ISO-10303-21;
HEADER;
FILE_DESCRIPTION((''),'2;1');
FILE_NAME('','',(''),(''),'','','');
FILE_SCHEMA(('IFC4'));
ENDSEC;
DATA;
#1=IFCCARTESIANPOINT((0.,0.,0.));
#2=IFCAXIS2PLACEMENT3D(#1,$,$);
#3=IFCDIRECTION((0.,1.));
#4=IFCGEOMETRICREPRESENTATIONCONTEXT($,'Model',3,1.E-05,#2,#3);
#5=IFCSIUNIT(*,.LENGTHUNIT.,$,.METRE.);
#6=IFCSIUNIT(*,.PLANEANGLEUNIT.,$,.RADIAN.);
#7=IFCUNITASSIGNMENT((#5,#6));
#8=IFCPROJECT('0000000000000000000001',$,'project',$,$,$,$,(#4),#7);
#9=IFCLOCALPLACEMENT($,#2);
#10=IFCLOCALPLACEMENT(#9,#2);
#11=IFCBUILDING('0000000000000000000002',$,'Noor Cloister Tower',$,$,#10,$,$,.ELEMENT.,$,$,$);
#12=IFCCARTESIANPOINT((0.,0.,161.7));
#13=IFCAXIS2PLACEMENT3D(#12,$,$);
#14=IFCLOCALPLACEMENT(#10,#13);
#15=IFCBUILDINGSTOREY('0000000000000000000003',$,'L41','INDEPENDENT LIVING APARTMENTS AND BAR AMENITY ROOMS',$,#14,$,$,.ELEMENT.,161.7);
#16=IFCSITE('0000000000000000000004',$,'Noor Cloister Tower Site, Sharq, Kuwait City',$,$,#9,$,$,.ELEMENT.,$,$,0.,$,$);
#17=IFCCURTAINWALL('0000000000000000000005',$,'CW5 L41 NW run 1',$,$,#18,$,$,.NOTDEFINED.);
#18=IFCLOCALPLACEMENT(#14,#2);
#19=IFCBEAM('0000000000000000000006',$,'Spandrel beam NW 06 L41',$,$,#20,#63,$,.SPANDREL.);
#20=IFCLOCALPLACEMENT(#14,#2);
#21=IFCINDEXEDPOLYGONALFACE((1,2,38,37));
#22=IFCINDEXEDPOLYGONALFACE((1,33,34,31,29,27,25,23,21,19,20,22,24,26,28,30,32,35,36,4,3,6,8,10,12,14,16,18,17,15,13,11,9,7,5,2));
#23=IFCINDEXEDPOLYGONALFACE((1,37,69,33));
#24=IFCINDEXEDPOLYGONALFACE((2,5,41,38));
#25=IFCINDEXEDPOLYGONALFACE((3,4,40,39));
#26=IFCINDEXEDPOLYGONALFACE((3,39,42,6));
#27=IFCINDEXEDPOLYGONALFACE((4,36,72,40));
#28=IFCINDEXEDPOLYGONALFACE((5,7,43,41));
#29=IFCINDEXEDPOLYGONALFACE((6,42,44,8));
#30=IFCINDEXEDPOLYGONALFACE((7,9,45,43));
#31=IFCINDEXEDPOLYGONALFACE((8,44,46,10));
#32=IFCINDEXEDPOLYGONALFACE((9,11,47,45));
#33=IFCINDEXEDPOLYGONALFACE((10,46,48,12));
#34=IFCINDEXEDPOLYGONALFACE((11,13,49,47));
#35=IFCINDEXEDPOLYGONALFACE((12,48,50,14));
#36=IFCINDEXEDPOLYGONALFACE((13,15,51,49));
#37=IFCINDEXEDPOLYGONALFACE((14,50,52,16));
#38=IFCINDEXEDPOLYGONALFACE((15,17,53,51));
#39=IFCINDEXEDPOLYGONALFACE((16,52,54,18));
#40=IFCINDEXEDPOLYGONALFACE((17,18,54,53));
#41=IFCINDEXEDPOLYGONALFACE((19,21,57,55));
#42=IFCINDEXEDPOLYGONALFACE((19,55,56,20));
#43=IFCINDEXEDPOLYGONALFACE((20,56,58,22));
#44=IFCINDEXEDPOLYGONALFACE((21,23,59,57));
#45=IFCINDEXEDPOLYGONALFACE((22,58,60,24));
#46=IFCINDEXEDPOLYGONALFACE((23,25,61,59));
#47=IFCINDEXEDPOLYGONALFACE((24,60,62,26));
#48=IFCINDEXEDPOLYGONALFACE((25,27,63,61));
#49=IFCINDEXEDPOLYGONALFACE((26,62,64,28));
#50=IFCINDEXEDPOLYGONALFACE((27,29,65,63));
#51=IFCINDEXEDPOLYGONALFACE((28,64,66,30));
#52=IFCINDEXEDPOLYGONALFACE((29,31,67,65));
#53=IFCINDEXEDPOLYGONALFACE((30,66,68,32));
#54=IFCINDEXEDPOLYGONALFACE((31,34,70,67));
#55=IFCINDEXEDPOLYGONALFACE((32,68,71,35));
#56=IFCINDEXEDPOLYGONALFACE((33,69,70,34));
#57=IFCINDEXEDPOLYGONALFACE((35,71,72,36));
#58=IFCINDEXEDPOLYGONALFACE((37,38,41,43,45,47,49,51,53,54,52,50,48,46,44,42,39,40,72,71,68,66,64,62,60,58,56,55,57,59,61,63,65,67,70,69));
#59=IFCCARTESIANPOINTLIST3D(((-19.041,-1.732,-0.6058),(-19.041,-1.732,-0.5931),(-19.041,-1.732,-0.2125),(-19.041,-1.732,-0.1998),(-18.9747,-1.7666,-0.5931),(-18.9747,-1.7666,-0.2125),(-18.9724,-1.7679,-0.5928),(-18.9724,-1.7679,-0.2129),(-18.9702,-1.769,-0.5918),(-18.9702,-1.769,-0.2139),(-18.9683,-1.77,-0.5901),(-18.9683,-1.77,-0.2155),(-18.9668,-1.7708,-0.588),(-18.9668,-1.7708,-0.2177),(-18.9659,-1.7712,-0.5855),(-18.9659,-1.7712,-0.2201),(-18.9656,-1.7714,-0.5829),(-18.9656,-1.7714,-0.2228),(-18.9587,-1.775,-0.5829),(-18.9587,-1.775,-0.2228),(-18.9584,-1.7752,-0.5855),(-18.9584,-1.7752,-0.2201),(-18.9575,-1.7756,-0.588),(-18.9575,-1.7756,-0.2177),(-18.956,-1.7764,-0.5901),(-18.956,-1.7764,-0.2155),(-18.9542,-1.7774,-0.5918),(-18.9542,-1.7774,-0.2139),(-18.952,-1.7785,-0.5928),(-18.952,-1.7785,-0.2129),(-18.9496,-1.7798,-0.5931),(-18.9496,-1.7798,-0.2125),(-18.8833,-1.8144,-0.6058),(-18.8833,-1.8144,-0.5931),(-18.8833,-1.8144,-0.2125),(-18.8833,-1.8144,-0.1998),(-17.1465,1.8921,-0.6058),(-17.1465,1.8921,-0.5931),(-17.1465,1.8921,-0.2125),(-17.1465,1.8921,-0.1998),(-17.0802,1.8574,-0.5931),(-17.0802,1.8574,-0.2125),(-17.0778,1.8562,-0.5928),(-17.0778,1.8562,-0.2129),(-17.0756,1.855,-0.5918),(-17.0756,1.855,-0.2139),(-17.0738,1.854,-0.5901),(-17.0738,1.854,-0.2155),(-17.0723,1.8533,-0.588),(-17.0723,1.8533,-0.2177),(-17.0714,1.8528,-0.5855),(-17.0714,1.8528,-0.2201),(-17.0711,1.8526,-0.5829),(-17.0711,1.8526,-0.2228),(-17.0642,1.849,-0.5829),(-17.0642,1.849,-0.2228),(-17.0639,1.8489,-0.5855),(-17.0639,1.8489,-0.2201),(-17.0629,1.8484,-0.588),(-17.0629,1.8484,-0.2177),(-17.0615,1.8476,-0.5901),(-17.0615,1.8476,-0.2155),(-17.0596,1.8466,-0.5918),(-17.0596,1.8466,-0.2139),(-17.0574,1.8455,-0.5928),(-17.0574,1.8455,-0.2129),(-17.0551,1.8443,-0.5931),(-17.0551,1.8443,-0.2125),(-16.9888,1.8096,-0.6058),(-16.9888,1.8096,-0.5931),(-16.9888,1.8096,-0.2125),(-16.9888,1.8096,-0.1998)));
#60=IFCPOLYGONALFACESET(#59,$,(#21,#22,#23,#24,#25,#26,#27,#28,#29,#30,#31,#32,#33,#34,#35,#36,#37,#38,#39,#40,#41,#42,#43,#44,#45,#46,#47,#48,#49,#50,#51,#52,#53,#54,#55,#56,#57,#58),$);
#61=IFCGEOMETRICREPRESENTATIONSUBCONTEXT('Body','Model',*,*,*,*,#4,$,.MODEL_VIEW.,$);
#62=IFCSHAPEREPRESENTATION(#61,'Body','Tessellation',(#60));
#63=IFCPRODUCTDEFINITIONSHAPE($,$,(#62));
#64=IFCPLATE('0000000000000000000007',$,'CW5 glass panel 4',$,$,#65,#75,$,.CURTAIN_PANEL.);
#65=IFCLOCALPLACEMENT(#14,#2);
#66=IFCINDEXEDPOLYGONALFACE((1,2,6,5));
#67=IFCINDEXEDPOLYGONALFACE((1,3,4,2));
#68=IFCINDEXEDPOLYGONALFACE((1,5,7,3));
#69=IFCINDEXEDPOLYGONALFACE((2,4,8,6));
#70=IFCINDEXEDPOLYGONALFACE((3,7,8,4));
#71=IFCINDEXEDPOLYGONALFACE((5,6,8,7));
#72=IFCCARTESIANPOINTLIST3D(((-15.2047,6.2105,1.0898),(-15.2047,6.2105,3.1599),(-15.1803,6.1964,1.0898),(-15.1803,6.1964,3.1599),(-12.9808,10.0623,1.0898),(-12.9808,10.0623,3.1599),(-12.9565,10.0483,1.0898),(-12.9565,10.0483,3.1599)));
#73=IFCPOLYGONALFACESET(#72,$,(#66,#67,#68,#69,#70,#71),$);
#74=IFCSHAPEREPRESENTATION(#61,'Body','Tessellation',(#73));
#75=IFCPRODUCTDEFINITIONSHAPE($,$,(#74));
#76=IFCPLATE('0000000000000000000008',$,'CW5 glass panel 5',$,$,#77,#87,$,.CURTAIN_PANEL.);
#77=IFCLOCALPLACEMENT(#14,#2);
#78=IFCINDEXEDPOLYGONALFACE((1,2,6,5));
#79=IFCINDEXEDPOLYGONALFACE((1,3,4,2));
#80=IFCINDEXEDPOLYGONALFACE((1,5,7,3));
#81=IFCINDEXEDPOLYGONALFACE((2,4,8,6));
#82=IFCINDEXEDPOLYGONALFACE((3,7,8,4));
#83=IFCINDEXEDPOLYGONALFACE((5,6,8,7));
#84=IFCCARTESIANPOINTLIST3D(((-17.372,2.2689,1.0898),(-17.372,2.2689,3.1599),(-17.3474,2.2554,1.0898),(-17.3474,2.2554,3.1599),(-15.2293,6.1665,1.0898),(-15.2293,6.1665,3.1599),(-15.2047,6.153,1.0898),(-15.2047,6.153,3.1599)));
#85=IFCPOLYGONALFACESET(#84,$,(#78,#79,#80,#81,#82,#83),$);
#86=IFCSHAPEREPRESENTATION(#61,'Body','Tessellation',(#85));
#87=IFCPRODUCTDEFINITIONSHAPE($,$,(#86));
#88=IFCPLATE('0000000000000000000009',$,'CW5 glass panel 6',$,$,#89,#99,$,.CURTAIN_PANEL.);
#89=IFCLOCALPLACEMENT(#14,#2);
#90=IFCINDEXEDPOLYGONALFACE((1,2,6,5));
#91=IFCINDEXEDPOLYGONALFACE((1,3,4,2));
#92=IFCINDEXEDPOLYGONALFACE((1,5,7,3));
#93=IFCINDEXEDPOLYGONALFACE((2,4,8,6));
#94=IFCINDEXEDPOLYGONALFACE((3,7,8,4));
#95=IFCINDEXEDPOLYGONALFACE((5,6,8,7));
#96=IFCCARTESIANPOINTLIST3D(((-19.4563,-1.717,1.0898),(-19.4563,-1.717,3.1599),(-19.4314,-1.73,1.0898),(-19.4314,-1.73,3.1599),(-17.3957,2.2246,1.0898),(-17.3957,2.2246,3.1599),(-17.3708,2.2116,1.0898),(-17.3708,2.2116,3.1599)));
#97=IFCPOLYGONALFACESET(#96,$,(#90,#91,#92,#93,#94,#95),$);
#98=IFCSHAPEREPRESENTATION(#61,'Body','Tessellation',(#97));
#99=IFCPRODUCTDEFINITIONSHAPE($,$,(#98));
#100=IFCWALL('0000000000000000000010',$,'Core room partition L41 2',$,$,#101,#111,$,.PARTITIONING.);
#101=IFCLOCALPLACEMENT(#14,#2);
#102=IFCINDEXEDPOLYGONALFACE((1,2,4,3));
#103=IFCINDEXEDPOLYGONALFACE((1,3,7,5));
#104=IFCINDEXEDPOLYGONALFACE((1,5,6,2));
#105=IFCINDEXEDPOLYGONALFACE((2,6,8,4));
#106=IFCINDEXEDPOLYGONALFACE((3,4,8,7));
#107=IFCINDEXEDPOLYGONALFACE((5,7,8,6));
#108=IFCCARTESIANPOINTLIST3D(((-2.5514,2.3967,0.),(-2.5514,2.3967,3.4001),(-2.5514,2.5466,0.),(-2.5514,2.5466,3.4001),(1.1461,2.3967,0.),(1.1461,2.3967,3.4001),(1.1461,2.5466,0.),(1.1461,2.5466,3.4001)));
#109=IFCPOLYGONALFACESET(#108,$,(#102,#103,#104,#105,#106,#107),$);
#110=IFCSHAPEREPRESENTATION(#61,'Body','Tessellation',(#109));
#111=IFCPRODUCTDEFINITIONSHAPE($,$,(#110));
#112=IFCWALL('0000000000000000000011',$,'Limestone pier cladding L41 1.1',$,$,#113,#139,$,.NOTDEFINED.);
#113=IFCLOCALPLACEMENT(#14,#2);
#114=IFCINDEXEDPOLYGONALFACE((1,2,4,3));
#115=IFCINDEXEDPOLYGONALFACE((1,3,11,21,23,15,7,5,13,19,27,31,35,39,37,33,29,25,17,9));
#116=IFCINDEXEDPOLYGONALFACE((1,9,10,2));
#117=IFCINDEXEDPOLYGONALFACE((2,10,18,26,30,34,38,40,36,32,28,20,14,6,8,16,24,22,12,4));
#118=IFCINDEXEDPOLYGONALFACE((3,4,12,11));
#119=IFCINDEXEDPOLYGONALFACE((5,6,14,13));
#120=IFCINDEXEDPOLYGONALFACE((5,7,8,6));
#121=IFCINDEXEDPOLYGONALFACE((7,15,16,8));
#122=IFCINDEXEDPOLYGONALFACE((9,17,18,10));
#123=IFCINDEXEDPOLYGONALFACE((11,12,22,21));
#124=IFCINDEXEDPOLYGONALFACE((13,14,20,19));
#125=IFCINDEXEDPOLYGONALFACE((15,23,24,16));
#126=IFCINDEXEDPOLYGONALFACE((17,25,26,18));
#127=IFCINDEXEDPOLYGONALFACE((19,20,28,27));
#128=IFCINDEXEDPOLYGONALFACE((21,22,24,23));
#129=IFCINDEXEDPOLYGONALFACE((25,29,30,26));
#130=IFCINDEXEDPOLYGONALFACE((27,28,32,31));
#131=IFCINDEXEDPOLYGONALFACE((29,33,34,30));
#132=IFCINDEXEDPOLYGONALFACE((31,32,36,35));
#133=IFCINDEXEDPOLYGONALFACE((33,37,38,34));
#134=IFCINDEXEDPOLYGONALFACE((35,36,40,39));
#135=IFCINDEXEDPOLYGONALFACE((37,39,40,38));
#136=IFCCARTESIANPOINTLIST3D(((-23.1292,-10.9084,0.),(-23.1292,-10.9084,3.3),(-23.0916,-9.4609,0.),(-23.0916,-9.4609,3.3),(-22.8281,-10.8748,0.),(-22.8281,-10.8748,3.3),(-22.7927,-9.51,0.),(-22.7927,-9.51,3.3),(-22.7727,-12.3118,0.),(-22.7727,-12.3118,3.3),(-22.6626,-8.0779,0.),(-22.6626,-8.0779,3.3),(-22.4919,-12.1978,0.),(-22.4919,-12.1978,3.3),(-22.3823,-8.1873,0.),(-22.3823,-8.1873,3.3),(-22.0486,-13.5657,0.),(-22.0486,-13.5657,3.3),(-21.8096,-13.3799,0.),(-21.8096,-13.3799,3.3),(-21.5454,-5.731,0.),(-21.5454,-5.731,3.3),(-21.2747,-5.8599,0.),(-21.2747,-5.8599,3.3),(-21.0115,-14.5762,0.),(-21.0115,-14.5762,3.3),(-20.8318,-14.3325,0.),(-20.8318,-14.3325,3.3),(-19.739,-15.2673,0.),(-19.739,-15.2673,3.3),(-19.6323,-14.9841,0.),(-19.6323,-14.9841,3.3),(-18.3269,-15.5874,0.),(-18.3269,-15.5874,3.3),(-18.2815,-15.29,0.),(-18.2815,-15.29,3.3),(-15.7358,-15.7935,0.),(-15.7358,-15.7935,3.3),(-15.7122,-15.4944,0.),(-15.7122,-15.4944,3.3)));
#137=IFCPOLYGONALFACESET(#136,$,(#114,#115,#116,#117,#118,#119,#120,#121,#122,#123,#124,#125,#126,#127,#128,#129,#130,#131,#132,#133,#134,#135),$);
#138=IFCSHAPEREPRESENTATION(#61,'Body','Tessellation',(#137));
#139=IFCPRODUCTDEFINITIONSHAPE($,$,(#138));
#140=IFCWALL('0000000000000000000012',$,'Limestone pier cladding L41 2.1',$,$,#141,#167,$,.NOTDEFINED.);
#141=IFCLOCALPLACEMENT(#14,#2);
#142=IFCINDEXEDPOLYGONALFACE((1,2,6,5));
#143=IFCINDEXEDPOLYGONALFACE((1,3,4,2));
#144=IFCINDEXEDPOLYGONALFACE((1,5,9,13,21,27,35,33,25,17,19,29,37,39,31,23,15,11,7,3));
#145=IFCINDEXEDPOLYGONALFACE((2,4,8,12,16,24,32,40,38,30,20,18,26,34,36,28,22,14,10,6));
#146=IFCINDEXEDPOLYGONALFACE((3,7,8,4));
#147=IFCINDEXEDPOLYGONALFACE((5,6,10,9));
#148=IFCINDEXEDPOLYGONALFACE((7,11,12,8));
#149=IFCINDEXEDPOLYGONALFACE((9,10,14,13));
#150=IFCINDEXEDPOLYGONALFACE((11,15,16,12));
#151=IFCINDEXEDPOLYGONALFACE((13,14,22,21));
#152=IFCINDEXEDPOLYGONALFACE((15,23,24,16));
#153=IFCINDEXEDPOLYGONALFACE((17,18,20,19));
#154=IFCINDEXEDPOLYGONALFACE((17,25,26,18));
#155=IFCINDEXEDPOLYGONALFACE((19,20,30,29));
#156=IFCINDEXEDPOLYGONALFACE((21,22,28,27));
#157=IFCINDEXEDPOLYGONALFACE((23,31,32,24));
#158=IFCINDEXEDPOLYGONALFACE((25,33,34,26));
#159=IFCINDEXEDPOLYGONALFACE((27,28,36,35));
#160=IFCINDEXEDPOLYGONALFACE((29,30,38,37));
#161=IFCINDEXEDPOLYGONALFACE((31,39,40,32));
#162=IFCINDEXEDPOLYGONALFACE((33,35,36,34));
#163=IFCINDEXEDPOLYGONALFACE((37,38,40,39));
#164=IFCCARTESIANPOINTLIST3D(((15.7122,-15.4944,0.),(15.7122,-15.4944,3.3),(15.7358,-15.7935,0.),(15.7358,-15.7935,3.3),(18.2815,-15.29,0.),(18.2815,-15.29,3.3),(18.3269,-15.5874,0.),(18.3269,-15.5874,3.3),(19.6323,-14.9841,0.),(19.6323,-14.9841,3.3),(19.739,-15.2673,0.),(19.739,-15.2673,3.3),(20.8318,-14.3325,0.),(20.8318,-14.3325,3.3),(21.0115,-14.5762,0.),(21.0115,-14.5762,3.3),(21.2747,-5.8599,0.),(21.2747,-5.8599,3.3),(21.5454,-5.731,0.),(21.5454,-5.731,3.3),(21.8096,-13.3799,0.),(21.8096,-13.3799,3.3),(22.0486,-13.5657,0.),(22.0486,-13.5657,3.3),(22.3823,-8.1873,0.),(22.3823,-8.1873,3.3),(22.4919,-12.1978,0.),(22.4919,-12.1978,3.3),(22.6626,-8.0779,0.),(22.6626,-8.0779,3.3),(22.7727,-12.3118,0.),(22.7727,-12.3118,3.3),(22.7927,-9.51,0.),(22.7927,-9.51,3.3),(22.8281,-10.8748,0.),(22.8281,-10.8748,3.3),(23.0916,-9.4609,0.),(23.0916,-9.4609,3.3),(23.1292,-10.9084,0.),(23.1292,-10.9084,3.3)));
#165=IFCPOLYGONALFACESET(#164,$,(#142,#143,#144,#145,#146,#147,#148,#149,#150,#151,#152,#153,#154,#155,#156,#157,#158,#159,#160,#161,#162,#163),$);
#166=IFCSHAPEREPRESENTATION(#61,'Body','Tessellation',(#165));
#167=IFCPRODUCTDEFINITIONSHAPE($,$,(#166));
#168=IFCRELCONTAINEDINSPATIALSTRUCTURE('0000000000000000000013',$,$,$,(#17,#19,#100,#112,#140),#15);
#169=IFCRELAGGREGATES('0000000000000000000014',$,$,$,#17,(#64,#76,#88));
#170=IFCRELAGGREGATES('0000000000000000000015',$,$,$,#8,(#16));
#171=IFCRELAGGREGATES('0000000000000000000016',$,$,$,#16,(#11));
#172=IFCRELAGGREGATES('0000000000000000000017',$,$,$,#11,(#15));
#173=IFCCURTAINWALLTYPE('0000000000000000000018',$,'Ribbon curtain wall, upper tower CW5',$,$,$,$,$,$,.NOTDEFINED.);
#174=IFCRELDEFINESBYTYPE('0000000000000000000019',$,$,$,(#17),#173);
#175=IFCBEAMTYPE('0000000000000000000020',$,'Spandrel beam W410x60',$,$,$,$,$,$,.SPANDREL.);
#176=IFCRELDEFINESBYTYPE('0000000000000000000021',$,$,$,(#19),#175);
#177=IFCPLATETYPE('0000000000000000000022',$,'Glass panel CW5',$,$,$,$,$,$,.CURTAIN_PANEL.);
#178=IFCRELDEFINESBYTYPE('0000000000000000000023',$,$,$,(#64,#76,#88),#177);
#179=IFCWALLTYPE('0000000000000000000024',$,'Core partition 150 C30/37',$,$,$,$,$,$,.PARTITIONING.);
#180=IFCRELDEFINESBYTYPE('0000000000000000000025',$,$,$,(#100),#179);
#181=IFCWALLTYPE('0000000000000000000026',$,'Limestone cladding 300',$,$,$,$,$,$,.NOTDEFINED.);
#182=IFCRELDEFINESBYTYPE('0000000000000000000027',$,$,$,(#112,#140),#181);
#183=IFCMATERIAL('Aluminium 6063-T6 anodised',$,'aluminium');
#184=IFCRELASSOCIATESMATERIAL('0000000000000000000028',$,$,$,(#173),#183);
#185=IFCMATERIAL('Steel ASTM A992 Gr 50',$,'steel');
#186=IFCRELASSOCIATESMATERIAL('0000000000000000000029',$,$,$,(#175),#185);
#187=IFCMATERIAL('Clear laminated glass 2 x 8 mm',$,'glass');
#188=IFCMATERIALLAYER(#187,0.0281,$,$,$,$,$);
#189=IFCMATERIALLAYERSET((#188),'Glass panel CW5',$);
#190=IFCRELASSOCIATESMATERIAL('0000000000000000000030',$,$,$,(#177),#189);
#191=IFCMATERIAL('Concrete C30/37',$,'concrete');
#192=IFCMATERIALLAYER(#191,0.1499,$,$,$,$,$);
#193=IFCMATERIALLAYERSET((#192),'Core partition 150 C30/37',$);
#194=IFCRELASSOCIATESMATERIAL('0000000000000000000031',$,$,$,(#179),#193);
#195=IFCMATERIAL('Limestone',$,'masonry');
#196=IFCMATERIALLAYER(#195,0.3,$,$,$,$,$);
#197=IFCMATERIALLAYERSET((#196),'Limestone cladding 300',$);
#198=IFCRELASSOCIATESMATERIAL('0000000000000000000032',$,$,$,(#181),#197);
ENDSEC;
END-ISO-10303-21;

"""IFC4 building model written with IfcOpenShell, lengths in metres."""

from ifc_helpers import new_model, si_unit, direction, frame, frame_2d, origin, origin_2d, place, context, subcontext, project, spatial, polyline, rectangle, i_section, outline, extrude, material, layer, layer_set, material_profile, profile_set, type_object, element, aggregate, save


model = new_model("IFC4")

# Units and contexts
model_context = context("Model", 3, precision=1e-05, world=origin(), true_north=direction((0.0, 1.0)))
body_context = subcontext(model_context, "Body", "Model", "MODEL_VIEW")
ifc_project = project(units=[si_unit("LENGTHUNIT", "METRE"), si_unit("PLANEANGLEUNIT", "RADIAN")], contexts=[model_context])

# Site, building, storey
site_placement = place(None, origin())
site = spatial("IfcSite", under=ifc_project, at=site_placement, Name="Noor Cloister Tower Site, Sharq, Kuwait City", CompositionType="ELEMENT", RefElevation=0.0)
building_placement = place(site_placement, origin())
building = spatial("IfcBuilding", under=site, at=building_placement, Name="Noor Cloister Tower", CompositionType="ELEMENT")
storey_placement = place(building_placement, frame((0.0, 0.0, 161.7)))
storey = spatial("IfcBuildingStorey", under=building, at=storey_placement, Name="L41", Description="INDEPENDENT LIVING APARTMENTS AND BAR AMENITY ROOMS", CompositionType="ELEMENT", Elevation=161.7)

# Shared definitions
ifc_material_1 = material(Name="Aluminium 6063-T6 anodised", Category="aluminium")
curtain_wall_type = type_object("IfcCurtainWallType", Name="Ribbon curtain wall, upper tower CW5", PredefinedType="NOTDEFINED", material=ifc_material_1)

# Curtain wall
curtain_wall_1_placement = place(storey_placement, origin())
curtain_wall_1 = element("IfcCurtainWall", 1, at=curtain_wall_1_placement, inside=storey, type_object=curtain_wall_type, Name="CW5 L41 NW run 1", PredefinedType="NOTDEFINED")

# Beam
ifc_material_2 = material(Name="Steel ASTM A992 Gr 50", Category="steel")
ifc_material_profile_1 = material_profile(ifc_material_2, i_section(OverallWidth=0.178, OverallDepth=0.406, WebThickness=0.0078, FlangeThickness=0.0127, FilletRadius=0.0103, at=origin_2d()), Name="W410x60")
ifc_profile_set_1 = profile_set([ifc_material_profile_1], Name="Steel ASTM A992 Gr 50")
beam_type_1 = type_object("IfcBeamType", Name="Spandrel beam W410x60", PredefinedType="SPANDREL", material=ifc_profile_set_1)
beam_1_placement = place(storey_placement, frame((-17.0676, 1.8508, -0.4028), z_axis=(-0.463284, -0.88621, 0.0), x_axis=(0.88621, -0.463284, 0.0)))
element("IfcBeam", 2, at=beam_1_placement, inside=storey, type_object=beam_type_1, Name="Spandrel beam NW 06 L41", PredefinedType="SPANDREL", context=body_context, shape_type="SweptSolid", body=[
    extrude(i_section(OverallWidth=0.178, OverallDepth=0.406, WebThickness=0.0078, FlangeThickness=0.0127, FilletRadius=0.0103, at=origin_2d()), origin(), (0.0, 0.0, 1.0), 4.0894),
])

# Plates
ifc_material_3 = material(Name="Clear laminated glass 2 x 8 mm", Category="glass")
ifc_layer_1 = layer(ifc_material_3, 0.0281)
ifc_layer_set_1 = layer_set([ifc_layer_1], Name="Glass panel CW5")
plate_type = type_object("IfcPlateType", Name="Glass panel CW5", PredefinedType="CURTAIN_PANEL", material=ifc_layer_set_1)
plate_1_placement = place(storey_placement, frame((-14.0806, 8.1294, 1.0898), z_axis=(0.0, 0.0, 1.0), x_axis=(-0.5, -0.866025, 0.0)))
plate_1 = element("IfcPlate", 3, at=plate_1_placement, type_object=plate_type, Name="CW5 glass panel 4", PredefinedType="CURTAIN_PANEL", context=body_context, shape_type="SweptSolid", body=[
    extrude(rectangle(XDim=4.4478, YDim=0.0281, at=origin_2d()), origin(), (0.0, 0.0, 1.0), 2.0701),
])
plate_2_placement = place(storey_placement, frame((-16.2883, 4.2109, 1.0898), z_axis=(0.0, 0.0, 1.0), x_axis=(-0.481752, -0.876308, 0.0)))
plate_2 = element("IfcPlate", 4, at=plate_2_placement, type_object=plate_type, Name="CW5 glass panel 5", PredefinedType="CURTAIN_PANEL", context=body_context, shape_type="SweptSolid", body=[
    extrude(rectangle(XDim=4.4478, YDim=0.0281, at=origin_2d()), origin(), (0.0, 0.0, 1.0), 2.0701),
])
plate_3_placement = place(storey_placement, frame((-18.4136, 0.2473, 1.0898), z_axis=(0.0, 0.0, 1.0), x_axis=(-0.463292, -0.886206, 0.0)))
plate_3 = element("IfcPlate", 5, at=plate_3_placement, type_object=plate_type, Name="CW5 glass panel 6", PredefinedType="CURTAIN_PANEL", context=body_context, shape_type="SweptSolid", body=[
    extrude(rectangle(XDim=4.4478, YDim=0.0281, at=origin_2d()), origin(), (0.0, 0.0, 1.0), 2.0701),
])
aggregate(curtain_wall_1, [plate_1, plate_2, plate_3])

# Walls
ifc_material_4 = material(Name="Concrete C30/37", Category="concrete")
ifc_layer_2 = layer(ifc_material_4, 0.1499)
ifc_layer_set_2 = layer_set([ifc_layer_2], Name="Core partition 150 C30/37")
wall_type_1 = type_object("IfcWallType", Name="Core partition 150 C30/37", PredefinedType="PARTITIONING", material=ifc_layer_set_2)
wall_1_placement = place(storey_placement, frame((-2.5513, 2.4717, 0.0), z_axis=(0.0, 0.0, 1.0), x_axis=(1.0, 0.0, 0.0)))
element("IfcWall", 6, at=wall_1_placement, inside=storey, type_object=wall_type_1, Name="Core room partition L41 2", PredefinedType="PARTITIONING", context=body_context, shape_type="SweptSolid", body=[
    extrude(rectangle(XDim=3.6975, YDim=0.1499, at=frame_2d((1.8486, 0.0))), origin(), (0.0, 0.0, 1.0), 3.4001),
])
ifc_material_5 = material(Name="Limestone", Category="masonry")
ifc_layer_3 = layer(ifc_material_5, 0.3)
ifc_layer_set_3 = layer_set([ifc_layer_3], Name="Limestone cladding 300")
wall_type_2 = type_object("IfcWallType", Name="Limestone cladding 300", PredefinedType="NOTDEFINED", material=ifc_layer_set_3)
wall_2_placement = place(storey_placement, origin())
element("IfcWall", 7, at=wall_2_placement, inside=storey, type_object=wall_type_2, Name="Limestone pier cladding L41 1.1", PredefinedType="NOTDEFINED", context=body_context, shape_type="SweptSolid", body=[
    extrude(outline(polyline([(-21.5454, -5.731), (-22.6626, -8.0779), (-23.0916, -9.4609), (-23.1292, -10.9084), (-22.7727, -12.3118), (-22.0486, -13.5657), (-21.0115, -14.5762), (-19.739, -15.2673), (-18.3269, -15.5874), (-15.7358, -15.7935), (-15.7122, -15.4944), (-18.2815, -15.29), (-19.6323, -14.9841), (-20.8318, -14.3325), (-21.8096, -13.3799), (-22.4919, -12.1978), (-22.8281, -10.8748), (-22.7927, -9.51), (-22.3823, -8.1873), (-21.2747, -5.8599), (-21.5454, -5.731)])), origin(), (0.0, 0.0, 1.0), 3.3),
])
wall_3_placement = place(storey_placement, origin())
element("IfcWall", 8, at=wall_3_placement, inside=storey, type_object=wall_type_2, Name="Limestone pier cladding L41 2.1", PredefinedType="NOTDEFINED", context=body_context, shape_type="SweptSolid", body=[
    extrude(outline(polyline([(15.7358, -15.7935), (18.3269, -15.5874), (19.739, -15.2673), (21.0115, -14.5762), (22.0486, -13.5657), (22.7727, -12.3118), (23.1292, -10.9084), (23.0916, -9.4609), (22.6626, -8.0779), (21.5454, -5.731), (21.2747, -5.8599), (22.3823, -8.1873), (22.7927, -9.51), (22.8281, -10.8748), (22.4919, -12.1978), (21.8096, -13.3799), (20.8318, -14.3325), (19.6323, -14.9841), (18.2815, -15.29), (15.7122, -15.4944), (15.7358, -15.7935)])), origin(), (0.0, 0.0, 1.0), 3.3),
])

save(model, "model.ifc")
